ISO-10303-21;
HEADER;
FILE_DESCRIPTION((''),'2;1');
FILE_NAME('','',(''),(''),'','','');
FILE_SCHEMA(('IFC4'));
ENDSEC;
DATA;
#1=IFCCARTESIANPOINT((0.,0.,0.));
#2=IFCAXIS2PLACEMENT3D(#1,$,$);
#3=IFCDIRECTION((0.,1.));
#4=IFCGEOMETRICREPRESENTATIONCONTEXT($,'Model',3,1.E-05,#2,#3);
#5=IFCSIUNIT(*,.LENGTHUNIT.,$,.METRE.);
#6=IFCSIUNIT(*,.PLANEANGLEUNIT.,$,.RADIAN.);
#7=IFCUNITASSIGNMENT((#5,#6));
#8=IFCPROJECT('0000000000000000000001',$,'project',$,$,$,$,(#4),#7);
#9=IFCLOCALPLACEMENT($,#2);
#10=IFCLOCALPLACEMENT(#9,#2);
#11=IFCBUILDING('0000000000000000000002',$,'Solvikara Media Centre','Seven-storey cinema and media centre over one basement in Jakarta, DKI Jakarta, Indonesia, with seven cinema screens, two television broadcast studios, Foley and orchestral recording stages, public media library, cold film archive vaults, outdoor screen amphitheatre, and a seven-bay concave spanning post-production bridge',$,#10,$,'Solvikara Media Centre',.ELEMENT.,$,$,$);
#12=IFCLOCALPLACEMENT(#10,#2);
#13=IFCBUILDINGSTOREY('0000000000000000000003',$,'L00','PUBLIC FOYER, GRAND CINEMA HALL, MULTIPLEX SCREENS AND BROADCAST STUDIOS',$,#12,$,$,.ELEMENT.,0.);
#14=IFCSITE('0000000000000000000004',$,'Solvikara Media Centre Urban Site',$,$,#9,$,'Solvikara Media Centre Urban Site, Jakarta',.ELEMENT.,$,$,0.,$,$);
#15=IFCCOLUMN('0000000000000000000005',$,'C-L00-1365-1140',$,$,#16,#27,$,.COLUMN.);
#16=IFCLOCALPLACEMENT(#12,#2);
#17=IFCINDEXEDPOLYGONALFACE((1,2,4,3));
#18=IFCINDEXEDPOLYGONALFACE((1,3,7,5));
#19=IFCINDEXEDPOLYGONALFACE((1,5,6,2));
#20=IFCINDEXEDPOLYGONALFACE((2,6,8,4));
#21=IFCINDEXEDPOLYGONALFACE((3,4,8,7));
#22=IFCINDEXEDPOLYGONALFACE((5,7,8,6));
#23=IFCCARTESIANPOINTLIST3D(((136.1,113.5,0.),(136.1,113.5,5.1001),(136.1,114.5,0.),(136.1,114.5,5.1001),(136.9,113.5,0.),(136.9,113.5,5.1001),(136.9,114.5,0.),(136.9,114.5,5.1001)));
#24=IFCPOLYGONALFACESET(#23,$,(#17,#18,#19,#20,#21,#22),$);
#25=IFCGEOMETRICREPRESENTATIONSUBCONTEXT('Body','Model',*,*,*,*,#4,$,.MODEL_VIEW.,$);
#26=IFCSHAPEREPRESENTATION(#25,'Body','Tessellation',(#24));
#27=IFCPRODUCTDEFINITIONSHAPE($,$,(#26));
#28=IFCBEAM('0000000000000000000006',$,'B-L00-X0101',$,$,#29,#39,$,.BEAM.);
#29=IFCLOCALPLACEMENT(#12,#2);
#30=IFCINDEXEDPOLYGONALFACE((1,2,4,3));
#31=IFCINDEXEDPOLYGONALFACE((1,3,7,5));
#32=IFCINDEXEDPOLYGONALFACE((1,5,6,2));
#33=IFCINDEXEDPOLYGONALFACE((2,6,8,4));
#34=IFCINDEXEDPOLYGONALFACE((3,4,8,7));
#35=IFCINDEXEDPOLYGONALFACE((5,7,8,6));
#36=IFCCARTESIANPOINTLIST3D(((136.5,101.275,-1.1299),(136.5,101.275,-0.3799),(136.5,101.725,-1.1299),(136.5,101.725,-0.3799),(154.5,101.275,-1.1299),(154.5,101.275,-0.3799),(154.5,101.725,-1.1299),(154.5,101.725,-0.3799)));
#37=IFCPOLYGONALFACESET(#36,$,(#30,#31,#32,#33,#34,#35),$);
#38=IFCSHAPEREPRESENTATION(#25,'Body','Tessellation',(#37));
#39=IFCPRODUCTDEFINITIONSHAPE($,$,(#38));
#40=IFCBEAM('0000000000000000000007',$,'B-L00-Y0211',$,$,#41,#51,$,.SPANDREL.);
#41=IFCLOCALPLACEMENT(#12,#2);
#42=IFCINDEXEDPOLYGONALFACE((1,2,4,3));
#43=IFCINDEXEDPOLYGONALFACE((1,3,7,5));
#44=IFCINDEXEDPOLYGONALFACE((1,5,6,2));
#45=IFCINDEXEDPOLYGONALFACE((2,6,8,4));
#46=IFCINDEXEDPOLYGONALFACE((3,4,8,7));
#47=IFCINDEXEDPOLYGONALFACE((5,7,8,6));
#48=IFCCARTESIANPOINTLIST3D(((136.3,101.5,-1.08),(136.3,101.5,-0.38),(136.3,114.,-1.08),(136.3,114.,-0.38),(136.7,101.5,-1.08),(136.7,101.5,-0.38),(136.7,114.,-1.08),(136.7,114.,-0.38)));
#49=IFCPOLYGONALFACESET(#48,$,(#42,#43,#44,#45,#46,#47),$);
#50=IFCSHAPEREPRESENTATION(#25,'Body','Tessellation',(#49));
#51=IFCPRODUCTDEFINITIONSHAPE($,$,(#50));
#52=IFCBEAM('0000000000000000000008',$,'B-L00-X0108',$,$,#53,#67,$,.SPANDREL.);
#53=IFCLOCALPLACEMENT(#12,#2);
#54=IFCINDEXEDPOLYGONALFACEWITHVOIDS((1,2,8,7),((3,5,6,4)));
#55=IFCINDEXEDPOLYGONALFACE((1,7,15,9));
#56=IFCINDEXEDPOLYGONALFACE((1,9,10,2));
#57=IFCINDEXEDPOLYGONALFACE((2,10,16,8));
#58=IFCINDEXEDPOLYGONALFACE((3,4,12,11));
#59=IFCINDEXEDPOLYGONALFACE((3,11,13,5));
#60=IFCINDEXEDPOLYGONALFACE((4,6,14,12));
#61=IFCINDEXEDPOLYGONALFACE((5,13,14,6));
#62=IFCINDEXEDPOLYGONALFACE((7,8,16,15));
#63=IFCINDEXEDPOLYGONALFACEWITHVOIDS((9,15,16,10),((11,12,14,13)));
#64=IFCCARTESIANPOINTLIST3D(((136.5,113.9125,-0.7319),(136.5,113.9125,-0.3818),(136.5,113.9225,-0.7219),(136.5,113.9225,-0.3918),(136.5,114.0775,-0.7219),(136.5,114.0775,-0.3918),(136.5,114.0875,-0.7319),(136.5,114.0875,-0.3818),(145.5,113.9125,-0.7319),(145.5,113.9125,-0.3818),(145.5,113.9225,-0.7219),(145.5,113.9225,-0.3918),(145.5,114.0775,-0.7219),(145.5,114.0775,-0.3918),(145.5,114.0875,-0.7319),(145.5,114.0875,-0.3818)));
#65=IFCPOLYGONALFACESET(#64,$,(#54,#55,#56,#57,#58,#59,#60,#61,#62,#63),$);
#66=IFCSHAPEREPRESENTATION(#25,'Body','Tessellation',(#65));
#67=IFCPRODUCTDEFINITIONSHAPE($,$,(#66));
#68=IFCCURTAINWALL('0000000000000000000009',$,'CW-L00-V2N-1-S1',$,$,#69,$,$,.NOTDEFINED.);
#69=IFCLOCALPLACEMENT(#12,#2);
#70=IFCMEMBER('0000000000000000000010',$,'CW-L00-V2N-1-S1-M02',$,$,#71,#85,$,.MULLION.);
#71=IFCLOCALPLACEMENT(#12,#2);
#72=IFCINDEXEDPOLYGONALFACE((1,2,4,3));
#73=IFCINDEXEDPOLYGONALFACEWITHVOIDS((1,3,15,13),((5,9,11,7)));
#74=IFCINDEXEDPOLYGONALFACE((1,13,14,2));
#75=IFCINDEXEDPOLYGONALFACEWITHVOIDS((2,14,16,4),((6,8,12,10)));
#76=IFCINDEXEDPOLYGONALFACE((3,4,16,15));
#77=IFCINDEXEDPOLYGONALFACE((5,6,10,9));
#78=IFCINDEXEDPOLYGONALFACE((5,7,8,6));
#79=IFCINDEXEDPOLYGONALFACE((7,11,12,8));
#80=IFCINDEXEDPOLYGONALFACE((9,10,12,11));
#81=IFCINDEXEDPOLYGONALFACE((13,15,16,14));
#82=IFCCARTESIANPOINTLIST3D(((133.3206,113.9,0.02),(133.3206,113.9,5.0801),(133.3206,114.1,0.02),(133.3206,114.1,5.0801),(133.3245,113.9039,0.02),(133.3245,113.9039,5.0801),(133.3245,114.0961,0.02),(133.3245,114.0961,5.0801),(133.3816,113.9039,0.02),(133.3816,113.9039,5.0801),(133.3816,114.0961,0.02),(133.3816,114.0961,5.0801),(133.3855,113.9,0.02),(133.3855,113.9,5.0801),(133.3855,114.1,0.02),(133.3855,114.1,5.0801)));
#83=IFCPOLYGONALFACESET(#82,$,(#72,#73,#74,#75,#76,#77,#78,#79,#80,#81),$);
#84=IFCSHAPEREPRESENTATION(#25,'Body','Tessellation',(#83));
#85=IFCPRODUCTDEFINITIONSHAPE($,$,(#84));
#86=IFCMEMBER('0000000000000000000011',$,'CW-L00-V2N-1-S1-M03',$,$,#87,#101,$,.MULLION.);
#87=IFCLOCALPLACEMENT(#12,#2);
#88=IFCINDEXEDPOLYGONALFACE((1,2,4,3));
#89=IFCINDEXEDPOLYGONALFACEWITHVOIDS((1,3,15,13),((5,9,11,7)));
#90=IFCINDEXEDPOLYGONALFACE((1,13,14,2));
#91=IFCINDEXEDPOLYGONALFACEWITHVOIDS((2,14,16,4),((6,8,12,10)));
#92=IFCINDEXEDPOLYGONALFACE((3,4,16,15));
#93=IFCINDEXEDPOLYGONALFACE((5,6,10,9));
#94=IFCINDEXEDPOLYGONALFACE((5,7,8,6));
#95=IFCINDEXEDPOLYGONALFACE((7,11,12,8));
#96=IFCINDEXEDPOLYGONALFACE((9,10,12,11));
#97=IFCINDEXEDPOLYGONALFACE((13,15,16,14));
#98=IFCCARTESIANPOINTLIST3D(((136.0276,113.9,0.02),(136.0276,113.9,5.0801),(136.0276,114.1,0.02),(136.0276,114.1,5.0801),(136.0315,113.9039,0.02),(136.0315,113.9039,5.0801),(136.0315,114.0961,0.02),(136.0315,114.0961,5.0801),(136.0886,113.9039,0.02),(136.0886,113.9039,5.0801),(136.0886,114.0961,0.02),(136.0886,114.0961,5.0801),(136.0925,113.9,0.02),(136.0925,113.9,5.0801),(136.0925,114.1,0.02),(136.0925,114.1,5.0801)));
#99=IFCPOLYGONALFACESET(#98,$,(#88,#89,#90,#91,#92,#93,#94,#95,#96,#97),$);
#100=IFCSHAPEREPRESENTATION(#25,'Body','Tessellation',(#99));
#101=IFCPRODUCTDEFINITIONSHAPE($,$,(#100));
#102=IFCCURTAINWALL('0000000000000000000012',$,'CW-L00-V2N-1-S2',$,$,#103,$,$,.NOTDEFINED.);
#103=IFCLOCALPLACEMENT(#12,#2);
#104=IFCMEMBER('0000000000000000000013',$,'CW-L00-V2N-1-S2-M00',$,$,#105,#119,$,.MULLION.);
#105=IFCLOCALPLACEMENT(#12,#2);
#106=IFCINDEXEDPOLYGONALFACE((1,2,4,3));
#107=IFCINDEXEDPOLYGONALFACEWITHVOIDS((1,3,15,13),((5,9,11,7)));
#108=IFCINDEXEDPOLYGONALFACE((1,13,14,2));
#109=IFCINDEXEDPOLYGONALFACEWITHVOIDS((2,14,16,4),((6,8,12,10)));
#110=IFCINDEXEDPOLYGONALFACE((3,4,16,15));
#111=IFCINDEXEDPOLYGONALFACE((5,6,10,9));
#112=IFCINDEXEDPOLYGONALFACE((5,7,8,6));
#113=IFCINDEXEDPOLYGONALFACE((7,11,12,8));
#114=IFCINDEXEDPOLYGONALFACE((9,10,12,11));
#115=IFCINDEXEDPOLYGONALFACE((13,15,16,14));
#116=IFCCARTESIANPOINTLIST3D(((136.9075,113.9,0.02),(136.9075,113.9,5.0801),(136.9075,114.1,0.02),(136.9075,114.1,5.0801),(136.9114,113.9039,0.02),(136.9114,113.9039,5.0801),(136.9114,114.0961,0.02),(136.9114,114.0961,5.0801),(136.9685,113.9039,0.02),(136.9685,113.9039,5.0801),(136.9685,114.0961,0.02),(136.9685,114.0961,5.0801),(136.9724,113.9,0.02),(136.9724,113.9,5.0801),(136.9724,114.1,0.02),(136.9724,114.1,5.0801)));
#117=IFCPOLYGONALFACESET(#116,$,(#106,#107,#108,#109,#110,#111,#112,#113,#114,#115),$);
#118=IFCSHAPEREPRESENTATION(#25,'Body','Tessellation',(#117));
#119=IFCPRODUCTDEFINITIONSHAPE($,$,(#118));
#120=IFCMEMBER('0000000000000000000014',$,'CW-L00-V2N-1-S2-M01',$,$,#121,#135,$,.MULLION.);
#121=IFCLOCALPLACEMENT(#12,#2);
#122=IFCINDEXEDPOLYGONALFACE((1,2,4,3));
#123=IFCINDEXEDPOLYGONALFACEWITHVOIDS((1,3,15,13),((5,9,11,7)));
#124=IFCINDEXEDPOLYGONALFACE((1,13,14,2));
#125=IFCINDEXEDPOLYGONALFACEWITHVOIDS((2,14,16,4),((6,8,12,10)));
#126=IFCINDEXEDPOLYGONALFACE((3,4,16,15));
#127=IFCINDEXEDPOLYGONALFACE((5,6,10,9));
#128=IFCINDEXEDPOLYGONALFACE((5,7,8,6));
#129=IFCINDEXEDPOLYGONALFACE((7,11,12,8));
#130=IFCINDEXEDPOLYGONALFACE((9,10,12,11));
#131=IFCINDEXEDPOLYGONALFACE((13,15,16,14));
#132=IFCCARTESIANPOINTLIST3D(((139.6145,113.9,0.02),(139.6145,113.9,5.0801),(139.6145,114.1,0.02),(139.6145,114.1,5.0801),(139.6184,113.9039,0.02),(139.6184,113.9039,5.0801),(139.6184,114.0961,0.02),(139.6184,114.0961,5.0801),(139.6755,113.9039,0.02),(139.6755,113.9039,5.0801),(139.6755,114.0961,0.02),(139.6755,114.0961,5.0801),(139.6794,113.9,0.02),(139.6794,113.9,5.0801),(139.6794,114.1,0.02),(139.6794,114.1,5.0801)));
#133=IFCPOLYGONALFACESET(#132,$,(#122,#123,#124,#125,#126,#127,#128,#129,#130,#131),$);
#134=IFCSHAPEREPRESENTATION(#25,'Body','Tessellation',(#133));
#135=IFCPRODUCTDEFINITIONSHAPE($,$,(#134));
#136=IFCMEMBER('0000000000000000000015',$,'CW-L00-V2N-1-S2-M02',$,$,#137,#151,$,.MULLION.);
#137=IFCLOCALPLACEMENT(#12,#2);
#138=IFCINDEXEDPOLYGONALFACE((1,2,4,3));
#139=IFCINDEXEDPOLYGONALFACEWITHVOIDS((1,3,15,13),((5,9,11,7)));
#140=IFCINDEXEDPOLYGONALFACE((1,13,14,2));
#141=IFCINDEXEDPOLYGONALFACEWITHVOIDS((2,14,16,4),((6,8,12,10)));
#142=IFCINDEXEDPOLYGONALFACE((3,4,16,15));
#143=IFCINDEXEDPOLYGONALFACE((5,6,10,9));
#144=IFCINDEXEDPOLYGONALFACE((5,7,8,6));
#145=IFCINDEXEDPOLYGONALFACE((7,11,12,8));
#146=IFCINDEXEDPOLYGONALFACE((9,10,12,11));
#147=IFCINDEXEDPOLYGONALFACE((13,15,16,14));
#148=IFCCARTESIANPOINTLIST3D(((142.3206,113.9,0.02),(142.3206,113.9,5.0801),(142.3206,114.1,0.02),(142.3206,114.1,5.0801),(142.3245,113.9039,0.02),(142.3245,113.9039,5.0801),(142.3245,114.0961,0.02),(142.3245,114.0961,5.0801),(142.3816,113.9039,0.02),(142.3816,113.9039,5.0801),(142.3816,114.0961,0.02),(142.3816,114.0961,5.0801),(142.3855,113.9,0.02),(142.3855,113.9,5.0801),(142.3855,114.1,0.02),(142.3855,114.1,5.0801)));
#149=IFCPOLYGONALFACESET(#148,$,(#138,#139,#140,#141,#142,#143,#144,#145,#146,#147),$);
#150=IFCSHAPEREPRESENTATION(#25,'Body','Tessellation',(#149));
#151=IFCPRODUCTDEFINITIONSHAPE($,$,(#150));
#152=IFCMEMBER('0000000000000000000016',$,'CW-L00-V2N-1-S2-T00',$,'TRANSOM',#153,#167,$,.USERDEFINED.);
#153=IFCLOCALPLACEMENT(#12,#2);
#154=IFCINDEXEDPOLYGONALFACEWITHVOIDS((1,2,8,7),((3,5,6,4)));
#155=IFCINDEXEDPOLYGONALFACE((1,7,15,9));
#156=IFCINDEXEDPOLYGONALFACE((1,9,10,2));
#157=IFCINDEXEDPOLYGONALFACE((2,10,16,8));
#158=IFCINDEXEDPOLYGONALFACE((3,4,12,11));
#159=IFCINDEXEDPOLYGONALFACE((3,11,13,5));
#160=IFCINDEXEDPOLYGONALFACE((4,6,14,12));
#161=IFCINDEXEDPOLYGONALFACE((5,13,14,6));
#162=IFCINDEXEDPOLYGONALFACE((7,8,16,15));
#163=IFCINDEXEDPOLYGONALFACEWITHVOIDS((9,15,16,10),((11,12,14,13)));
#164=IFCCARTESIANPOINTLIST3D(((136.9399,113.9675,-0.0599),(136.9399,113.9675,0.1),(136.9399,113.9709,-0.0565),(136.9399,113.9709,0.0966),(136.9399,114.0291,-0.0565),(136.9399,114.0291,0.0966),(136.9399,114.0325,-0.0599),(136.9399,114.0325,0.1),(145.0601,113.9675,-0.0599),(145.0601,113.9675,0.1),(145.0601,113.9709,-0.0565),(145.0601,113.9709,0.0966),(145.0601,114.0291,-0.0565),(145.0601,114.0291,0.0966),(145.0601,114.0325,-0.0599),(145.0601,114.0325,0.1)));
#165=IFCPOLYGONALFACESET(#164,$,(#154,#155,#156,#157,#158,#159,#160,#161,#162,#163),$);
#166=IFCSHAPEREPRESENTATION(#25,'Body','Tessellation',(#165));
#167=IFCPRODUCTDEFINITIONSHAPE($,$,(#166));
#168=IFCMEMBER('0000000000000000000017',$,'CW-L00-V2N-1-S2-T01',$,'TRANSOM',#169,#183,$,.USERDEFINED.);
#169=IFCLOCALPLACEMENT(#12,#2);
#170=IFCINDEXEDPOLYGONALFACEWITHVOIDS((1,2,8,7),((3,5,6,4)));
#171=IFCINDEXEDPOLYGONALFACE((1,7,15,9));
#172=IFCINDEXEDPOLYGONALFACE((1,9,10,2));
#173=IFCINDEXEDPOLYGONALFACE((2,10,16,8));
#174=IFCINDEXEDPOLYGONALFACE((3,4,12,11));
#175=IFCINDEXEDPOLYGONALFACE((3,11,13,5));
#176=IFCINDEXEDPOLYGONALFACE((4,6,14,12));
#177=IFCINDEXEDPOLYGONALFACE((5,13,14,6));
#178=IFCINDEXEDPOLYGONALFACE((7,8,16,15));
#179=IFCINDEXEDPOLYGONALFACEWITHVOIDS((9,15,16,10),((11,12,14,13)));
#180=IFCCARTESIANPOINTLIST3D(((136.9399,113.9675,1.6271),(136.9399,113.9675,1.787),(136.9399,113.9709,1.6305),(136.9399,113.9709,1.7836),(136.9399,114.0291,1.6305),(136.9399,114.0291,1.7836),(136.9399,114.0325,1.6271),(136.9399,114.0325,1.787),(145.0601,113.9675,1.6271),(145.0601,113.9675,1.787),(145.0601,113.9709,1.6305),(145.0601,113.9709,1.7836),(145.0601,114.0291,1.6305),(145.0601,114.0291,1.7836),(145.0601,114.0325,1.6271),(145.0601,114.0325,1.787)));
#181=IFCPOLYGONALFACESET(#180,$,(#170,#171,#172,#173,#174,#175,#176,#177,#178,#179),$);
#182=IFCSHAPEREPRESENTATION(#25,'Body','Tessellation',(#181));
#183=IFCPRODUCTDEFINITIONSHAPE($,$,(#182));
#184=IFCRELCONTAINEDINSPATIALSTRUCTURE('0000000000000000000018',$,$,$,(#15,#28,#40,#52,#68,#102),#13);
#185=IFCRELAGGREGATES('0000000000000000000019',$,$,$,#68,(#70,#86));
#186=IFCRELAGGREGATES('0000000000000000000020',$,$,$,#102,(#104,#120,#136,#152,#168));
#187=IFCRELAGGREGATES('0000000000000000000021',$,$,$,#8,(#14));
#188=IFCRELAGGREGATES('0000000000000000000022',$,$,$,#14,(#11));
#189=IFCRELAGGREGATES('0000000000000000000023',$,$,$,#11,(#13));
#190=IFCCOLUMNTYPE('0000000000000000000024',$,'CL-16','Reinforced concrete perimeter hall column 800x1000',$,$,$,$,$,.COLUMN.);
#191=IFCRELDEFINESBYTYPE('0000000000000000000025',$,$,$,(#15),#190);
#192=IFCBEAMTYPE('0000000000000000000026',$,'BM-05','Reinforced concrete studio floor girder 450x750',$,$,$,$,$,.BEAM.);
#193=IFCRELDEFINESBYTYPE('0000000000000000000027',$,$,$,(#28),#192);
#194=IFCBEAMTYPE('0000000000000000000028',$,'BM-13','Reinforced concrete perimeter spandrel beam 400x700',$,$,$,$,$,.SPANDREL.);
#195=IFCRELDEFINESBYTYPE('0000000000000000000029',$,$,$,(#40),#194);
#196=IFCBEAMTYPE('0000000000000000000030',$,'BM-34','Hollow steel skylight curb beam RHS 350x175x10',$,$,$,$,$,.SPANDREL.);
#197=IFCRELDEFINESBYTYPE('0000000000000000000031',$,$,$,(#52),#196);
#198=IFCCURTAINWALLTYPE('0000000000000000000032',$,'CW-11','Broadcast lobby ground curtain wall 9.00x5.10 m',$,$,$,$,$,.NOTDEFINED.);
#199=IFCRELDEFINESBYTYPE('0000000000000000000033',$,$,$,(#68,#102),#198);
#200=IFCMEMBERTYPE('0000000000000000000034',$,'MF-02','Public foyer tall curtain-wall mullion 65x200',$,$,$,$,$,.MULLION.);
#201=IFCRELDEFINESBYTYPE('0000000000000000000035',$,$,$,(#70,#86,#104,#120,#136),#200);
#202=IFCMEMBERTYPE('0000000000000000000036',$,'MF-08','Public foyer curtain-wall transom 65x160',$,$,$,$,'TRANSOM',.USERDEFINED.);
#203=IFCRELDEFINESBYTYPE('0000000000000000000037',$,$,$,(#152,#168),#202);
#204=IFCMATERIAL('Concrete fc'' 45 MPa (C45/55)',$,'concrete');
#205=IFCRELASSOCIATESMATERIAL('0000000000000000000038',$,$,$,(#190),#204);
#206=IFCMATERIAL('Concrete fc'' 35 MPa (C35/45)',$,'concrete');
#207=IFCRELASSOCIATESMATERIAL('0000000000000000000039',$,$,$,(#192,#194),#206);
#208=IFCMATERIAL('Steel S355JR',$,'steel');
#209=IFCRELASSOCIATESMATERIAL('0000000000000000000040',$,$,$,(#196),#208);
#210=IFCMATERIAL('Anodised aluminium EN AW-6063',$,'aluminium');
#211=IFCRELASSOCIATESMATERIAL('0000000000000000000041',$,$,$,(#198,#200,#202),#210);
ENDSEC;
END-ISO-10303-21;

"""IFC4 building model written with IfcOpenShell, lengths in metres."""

from ifc_helpers import new_model, si_unit, direction, frame, origin, origin_2d, place, context, subcontext, project, spatial, rectangle, hollow_rectangle, extrude, material, material_profile, profile_set, type_object, element, aggregate, save


model = new_model("IFC4")

# Units and contexts
model_context = context("Model", 3, precision=1e-05, world=origin(), true_north=direction((0.0, 1.0)))
body_context = subcontext(model_context, "Body", "Model", "MODEL_VIEW")
ifc_project = project(units=[si_unit("LENGTHUNIT", "METRE"), si_unit("PLANEANGLEUNIT", "RADIAN")], contexts=[model_context])

# Site, building, storey
site_placement = place(None, origin())
site = spatial("IfcSite", under=ifc_project, at=site_placement, Name="Solvikara Media Centre Urban Site", LongName="Solvikara Media Centre Urban Site, Jakarta", CompositionType="ELEMENT", RefElevation=0.0)
building_placement = place(site_placement, origin())
building = spatial("IfcBuilding", under=site, at=building_placement, Name="Solvikara Media Centre", Description="Seven-storey cinema and media centre over one basement in Jakarta, DKI Jakarta, Indonesia, with seven cinema screens, two television broadcast studios, Foley and orchestral recording stages, public media library, cold film archive vaults, outdoor screen amphitheatre, and a seven-bay concave spanning post-production bridge", LongName="Solvikara Media Centre", CompositionType="ELEMENT")
storey_placement = place(building_placement, origin())
storey = spatial("IfcBuildingStorey", under=building, at=storey_placement, Name="L00", Description="PUBLIC FOYER, GRAND CINEMA HALL, MULTIPLEX SCREENS AND BROADCAST STUDIOS", CompositionType="ELEMENT", Elevation=0.0)

# Column
ifc_material_1 = material(Name="Concrete fc' 45 MPa (C45/55)", Category="concrete")
ifc_material_profile_1 = material_profile(ifc_material_1, rectangle(XDim=0.8, YDim=1.0, at=origin_2d()), Name="RC 800x1000")
ifc_profile_set_1 = profile_set([ifc_material_profile_1], Name="Concrete fc' 45 MPa (C45/55)")
column_type = type_object("IfcColumnType", Name="CL-16", Description="Reinforced concrete perimeter hall column 800x1000", PredefinedType="COLUMN", material=ifc_profile_set_1)
column_placement = place(storey_placement, frame((136.5, 114.0, 0.0), z_axis=(0.0, 0.0, 1.0), x_axis=(1.0, 0.0, 0.0)))
element("IfcColumn", 1, at=column_placement, inside=storey, type_object=column_type, Name="C-L00-1365-1140", PredefinedType="COLUMN", context=body_context, shape_type="SweptSolid", body=[
    extrude(rectangle(XDim=0.8, YDim=1.0, at=origin_2d()), origin(), (0.0, 0.0, 1.0), 5.1001),
])

# Beams
ifc_material_2 = material(Name="Concrete fc' 35 MPa (C35/45)", Category="concrete")
ifc_material_profile_2 = material_profile(ifc_material_2, rectangle(XDim=0.45, YDim=0.75, at=origin_2d()), Name="RC 450x750")
ifc_profile_set_2 = profile_set([ifc_material_profile_2], Name="Concrete fc' 35 MPa (C35/45)")
beam_type_1 = type_object("IfcBeamType", Name="BM-05", Description="Reinforced concrete studio floor girder 450x750", PredefinedType="BEAM", material=ifc_profile_set_2)
beam_1_placement = place(storey_placement, frame((136.5, 101.5, -0.7549), z_axis=(1.0, 0.0, 0.0), x_axis=(0.0, 1.0, 0.0)))
element("IfcBeam", 2, at=beam_1_placement, inside=storey, type_object=beam_type_1, Name="B-L00-X0101", PredefinedType="BEAM", context=body_context, shape_type="SweptSolid", body=[
    extrude(rectangle(XDim=0.45, YDim=0.75, at=origin_2d()), origin(), (0.0, 0.0, 1.0), 18.0),
])
ifc_material_profile_3 = material_profile(ifc_material_2, rectangle(XDim=0.3999, YDim=0.7, at=origin_2d()), Name="RC 400x700")
ifc_profile_set_3 = profile_set([ifc_material_profile_3], Name="Concrete fc' 35 MPa (C35/45)")
beam_type_2 = type_object("IfcBeamType", Name="BM-13", Description="Reinforced concrete perimeter spandrel beam 400x700", PredefinedType="SPANDREL", material=ifc_profile_set_3)
beam_2_placement = place(storey_placement, frame((136.5, 101.5, -0.73), z_axis=(0.0, 1.0, 0.0), x_axis=(-1.0, 0.0, 0.0)))
element("IfcBeam", 3, at=beam_2_placement, inside=storey, type_object=beam_type_2, Name="B-L00-Y0211", PredefinedType="SPANDREL", context=body_context, shape_type="SweptSolid", body=[
    extrude(rectangle(XDim=0.3999, YDim=0.7, at=origin_2d()), origin(), (0.0, 0.0, 1.0), 12.5),
])
ifc_material_3 = material(Name="Steel S355JR", Category="steel")
ifc_material_profile_4 = material_profile(ifc_material_3, hollow_rectangle(XDim=0.175, YDim=0.3501, WallThickness=0.01, at=origin_2d()), Name="RHS 350x175x10")
ifc_profile_set_4 = profile_set([ifc_material_profile_4], Name="Steel S355JR")
beam_type_3 = type_object("IfcBeamType", Name="BM-34", Description="Hollow steel skylight curb beam RHS 350x175x10", PredefinedType="SPANDREL", material=ifc_profile_set_4)
beam_3_placement = place(storey_placement, frame((136.5, 114.0, -0.5569), z_axis=(1.0, 0.0, 0.0), x_axis=(0.0, 1.0, 0.0)))
element("IfcBeam", 4, at=beam_3_placement, inside=storey, type_object=beam_type_3, Name="B-L00-X0108", PredefinedType="SPANDREL", context=body_context, shape_type="SweptSolid", body=[
    extrude(hollow_rectangle(XDim=0.175, YDim=0.3501, WallThickness=0.01, at=origin_2d()), origin(), (0.0, 0.0, 1.0), 9.0),
])

# Curtain walls, members
ifc_material_4 = material(Name="Anodised aluminium EN AW-6063", Category="aluminium")
curtain_wall_type = type_object("IfcCurtainWallType", Name="CW-11", Description="Broadcast lobby ground curtain wall 9.00x5.10 m", PredefinedType="NOTDEFINED", material=ifc_material_4)
curtain_wall_1_placement = place(storey_placement, origin())
curtain_wall_1 = element("IfcCurtainWall", 5, at=curtain_wall_1_placement, inside=storey, type_object=curtain_wall_type, Name="CW-L00-V2N-1-S1", PredefinedType="NOTDEFINED")
ifc_material_profile_5 = material_profile(ifc_material_4, hollow_rectangle(XDim=0.0649, YDim=0.2, WallThickness=0.0039, at=origin_2d()), Name="ALU-M 65x200x4")
ifc_profile_set_5 = profile_set([ifc_material_profile_5], Name="Anodised aluminium EN AW-6063")
member_type_1 = type_object("IfcMemberType", Name="MF-02", Description="Public foyer tall curtain-wall mullion 65x200", PredefinedType="MULLION", material=ifc_profile_set_5)
member_1_placement = place(storey_placement, frame((133.353, 114.0, 0.02), z_axis=(0.0, 0.0, 1.0), x_axis=(1.0, 0.0, 0.0)))
member_1 = element("IfcMember", 6, at=member_1_placement, type_object=member_type_1, Name="CW-L00-V2N-1-S1-M02", PredefinedType="MULLION", context=body_context, shape_type="SweptSolid", body=[
    extrude(hollow_rectangle(XDim=0.0649, YDim=0.2, WallThickness=0.0039, at=origin_2d()), origin(), (0.0, 0.0, 1.0), 5.0601),
])
member_2_placement = place(storey_placement, frame((136.0601, 114.0, 0.02), z_axis=(0.0, 0.0, 1.0), x_axis=(1.0, 0.0, 0.0)))
member_2 = element("IfcMember", 7, at=member_2_placement, type_object=member_type_1, Name="CW-L00-V2N-1-S1-M03", PredefinedType="MULLION", context=body_context, shape_type="SweptSolid", body=[
    extrude(hollow_rectangle(XDim=0.0649, YDim=0.2, WallThickness=0.0039, at=origin_2d()), origin(), (0.0, 0.0, 1.0), 5.0601),
])
curtain_wall_2_placement = place(storey_placement, origin())
curtain_wall_2 = element("IfcCurtainWall", 8, at=curtain_wall_2_placement, inside=storey, type_object=curtain_wall_type, Name="CW-L00-V2N-1-S2", PredefinedType="NOTDEFINED")
member_3_placement = place(storey_placement, frame((136.9399, 114.0, 0.02), z_axis=(0.0, 0.0, 1.0), x_axis=(1.0, 0.0, 0.0)))
member_3 = element("IfcMember", 9, at=member_3_placement, type_object=member_type_1, Name="CW-L00-V2N-1-S2-M00", PredefinedType="MULLION", context=body_context, shape_type="SweptSolid", body=[
    extrude(hollow_rectangle(XDim=0.0649, YDim=0.2, WallThickness=0.0039, at=origin_2d()), origin(), (0.0, 0.0, 1.0), 5.0601),
])
member_4_placement = place(storey_placement, frame((139.647, 114.0, 0.02), z_axis=(0.0, 0.0, 1.0), x_axis=(1.0, 0.0, 0.0)))
member_4 = element("IfcMember", 10, at=member_4_placement, type_object=member_type_1, Name="CW-L00-V2N-1-S2-M01", PredefinedType="MULLION", context=body_context, shape_type="SweptSolid", body=[
    extrude(hollow_rectangle(XDim=0.0649, YDim=0.2, WallThickness=0.0039, at=origin_2d()), origin(), (0.0, 0.0, 1.0), 5.0601),
])
member_5_placement = place(storey_placement, frame((142.353, 114.0, 0.02), z_axis=(0.0, 0.0, 1.0), x_axis=(1.0, 0.0, 0.0)))
member_5 = element("IfcMember", 11, at=member_5_placement, type_object=member_type_1, Name="CW-L00-V2N-1-S2-M02", PredefinedType="MULLION", context=body_context, shape_type="SweptSolid", body=[
    extrude(hollow_rectangle(XDim=0.0649, YDim=0.2, WallThickness=0.0039, at=origin_2d()), origin(), (0.0, 0.0, 1.0), 5.0601),
])
ifc_material_profile_6 = material_profile(ifc_material_4, hollow_rectangle(XDim=0.0649, YDim=0.1599, WallThickness=0.0034, at=origin_2d()), Name="ALU-T 65x160x3.5")
ifc_profile_set_6 = profile_set([ifc_material_profile_6], Name="Anodised aluminium EN AW-6063")
member_type_2 = type_object("IfcMemberType", Name="MF-08", Description="Public foyer curtain-wall transom 65x160", ElementType="TRANSOM", PredefinedType="USERDEFINED", material=ifc_profile_set_6)
member_6_placement = place(storey_placement, frame((136.9399, 114.0, 0.02), z_axis=(1.0, 0.0, 0.0), x_axis=(0.0, 1.0, 0.0)))
member_6 = element("IfcMember", 12, at=member_6_placement, type_object=member_type_2, Name="CW-L00-V2N-1-S2-T00", ObjectType="TRANSOM", PredefinedType="USERDEFINED", context=body_context, shape_type="SweptSolid", body=[
    extrude(hollow_rectangle(XDim=0.0649, YDim=0.1599, WallThickness=0.0034, at=origin_2d()), origin(), (0.0, 0.0, 1.0), 8.1201),
])
member_7_placement = place(storey_placement, frame((136.9399, 114.0, 1.707), z_axis=(1.0, 0.0, 0.0), x_axis=(0.0, 1.0, 0.0)))
member_7 = element("IfcMember", 13, at=member_7_placement, type_object=member_type_2, Name="CW-L00-V2N-1-S2-T01", ObjectType="TRANSOM", PredefinedType="USERDEFINED", context=body_context, shape_type="SweptSolid", body=[
    extrude(hollow_rectangle(XDim=0.0649, YDim=0.1599, WallThickness=0.0034, at=origin_2d()), origin(), (0.0, 0.0, 1.0), 8.1201),
])

aggregate(curtain_wall_1, [member_1, member_2])
aggregate(curtain_wall_2, [member_3, member_4, member_5, member_6, member_7])

save(model, "model.ifc")
